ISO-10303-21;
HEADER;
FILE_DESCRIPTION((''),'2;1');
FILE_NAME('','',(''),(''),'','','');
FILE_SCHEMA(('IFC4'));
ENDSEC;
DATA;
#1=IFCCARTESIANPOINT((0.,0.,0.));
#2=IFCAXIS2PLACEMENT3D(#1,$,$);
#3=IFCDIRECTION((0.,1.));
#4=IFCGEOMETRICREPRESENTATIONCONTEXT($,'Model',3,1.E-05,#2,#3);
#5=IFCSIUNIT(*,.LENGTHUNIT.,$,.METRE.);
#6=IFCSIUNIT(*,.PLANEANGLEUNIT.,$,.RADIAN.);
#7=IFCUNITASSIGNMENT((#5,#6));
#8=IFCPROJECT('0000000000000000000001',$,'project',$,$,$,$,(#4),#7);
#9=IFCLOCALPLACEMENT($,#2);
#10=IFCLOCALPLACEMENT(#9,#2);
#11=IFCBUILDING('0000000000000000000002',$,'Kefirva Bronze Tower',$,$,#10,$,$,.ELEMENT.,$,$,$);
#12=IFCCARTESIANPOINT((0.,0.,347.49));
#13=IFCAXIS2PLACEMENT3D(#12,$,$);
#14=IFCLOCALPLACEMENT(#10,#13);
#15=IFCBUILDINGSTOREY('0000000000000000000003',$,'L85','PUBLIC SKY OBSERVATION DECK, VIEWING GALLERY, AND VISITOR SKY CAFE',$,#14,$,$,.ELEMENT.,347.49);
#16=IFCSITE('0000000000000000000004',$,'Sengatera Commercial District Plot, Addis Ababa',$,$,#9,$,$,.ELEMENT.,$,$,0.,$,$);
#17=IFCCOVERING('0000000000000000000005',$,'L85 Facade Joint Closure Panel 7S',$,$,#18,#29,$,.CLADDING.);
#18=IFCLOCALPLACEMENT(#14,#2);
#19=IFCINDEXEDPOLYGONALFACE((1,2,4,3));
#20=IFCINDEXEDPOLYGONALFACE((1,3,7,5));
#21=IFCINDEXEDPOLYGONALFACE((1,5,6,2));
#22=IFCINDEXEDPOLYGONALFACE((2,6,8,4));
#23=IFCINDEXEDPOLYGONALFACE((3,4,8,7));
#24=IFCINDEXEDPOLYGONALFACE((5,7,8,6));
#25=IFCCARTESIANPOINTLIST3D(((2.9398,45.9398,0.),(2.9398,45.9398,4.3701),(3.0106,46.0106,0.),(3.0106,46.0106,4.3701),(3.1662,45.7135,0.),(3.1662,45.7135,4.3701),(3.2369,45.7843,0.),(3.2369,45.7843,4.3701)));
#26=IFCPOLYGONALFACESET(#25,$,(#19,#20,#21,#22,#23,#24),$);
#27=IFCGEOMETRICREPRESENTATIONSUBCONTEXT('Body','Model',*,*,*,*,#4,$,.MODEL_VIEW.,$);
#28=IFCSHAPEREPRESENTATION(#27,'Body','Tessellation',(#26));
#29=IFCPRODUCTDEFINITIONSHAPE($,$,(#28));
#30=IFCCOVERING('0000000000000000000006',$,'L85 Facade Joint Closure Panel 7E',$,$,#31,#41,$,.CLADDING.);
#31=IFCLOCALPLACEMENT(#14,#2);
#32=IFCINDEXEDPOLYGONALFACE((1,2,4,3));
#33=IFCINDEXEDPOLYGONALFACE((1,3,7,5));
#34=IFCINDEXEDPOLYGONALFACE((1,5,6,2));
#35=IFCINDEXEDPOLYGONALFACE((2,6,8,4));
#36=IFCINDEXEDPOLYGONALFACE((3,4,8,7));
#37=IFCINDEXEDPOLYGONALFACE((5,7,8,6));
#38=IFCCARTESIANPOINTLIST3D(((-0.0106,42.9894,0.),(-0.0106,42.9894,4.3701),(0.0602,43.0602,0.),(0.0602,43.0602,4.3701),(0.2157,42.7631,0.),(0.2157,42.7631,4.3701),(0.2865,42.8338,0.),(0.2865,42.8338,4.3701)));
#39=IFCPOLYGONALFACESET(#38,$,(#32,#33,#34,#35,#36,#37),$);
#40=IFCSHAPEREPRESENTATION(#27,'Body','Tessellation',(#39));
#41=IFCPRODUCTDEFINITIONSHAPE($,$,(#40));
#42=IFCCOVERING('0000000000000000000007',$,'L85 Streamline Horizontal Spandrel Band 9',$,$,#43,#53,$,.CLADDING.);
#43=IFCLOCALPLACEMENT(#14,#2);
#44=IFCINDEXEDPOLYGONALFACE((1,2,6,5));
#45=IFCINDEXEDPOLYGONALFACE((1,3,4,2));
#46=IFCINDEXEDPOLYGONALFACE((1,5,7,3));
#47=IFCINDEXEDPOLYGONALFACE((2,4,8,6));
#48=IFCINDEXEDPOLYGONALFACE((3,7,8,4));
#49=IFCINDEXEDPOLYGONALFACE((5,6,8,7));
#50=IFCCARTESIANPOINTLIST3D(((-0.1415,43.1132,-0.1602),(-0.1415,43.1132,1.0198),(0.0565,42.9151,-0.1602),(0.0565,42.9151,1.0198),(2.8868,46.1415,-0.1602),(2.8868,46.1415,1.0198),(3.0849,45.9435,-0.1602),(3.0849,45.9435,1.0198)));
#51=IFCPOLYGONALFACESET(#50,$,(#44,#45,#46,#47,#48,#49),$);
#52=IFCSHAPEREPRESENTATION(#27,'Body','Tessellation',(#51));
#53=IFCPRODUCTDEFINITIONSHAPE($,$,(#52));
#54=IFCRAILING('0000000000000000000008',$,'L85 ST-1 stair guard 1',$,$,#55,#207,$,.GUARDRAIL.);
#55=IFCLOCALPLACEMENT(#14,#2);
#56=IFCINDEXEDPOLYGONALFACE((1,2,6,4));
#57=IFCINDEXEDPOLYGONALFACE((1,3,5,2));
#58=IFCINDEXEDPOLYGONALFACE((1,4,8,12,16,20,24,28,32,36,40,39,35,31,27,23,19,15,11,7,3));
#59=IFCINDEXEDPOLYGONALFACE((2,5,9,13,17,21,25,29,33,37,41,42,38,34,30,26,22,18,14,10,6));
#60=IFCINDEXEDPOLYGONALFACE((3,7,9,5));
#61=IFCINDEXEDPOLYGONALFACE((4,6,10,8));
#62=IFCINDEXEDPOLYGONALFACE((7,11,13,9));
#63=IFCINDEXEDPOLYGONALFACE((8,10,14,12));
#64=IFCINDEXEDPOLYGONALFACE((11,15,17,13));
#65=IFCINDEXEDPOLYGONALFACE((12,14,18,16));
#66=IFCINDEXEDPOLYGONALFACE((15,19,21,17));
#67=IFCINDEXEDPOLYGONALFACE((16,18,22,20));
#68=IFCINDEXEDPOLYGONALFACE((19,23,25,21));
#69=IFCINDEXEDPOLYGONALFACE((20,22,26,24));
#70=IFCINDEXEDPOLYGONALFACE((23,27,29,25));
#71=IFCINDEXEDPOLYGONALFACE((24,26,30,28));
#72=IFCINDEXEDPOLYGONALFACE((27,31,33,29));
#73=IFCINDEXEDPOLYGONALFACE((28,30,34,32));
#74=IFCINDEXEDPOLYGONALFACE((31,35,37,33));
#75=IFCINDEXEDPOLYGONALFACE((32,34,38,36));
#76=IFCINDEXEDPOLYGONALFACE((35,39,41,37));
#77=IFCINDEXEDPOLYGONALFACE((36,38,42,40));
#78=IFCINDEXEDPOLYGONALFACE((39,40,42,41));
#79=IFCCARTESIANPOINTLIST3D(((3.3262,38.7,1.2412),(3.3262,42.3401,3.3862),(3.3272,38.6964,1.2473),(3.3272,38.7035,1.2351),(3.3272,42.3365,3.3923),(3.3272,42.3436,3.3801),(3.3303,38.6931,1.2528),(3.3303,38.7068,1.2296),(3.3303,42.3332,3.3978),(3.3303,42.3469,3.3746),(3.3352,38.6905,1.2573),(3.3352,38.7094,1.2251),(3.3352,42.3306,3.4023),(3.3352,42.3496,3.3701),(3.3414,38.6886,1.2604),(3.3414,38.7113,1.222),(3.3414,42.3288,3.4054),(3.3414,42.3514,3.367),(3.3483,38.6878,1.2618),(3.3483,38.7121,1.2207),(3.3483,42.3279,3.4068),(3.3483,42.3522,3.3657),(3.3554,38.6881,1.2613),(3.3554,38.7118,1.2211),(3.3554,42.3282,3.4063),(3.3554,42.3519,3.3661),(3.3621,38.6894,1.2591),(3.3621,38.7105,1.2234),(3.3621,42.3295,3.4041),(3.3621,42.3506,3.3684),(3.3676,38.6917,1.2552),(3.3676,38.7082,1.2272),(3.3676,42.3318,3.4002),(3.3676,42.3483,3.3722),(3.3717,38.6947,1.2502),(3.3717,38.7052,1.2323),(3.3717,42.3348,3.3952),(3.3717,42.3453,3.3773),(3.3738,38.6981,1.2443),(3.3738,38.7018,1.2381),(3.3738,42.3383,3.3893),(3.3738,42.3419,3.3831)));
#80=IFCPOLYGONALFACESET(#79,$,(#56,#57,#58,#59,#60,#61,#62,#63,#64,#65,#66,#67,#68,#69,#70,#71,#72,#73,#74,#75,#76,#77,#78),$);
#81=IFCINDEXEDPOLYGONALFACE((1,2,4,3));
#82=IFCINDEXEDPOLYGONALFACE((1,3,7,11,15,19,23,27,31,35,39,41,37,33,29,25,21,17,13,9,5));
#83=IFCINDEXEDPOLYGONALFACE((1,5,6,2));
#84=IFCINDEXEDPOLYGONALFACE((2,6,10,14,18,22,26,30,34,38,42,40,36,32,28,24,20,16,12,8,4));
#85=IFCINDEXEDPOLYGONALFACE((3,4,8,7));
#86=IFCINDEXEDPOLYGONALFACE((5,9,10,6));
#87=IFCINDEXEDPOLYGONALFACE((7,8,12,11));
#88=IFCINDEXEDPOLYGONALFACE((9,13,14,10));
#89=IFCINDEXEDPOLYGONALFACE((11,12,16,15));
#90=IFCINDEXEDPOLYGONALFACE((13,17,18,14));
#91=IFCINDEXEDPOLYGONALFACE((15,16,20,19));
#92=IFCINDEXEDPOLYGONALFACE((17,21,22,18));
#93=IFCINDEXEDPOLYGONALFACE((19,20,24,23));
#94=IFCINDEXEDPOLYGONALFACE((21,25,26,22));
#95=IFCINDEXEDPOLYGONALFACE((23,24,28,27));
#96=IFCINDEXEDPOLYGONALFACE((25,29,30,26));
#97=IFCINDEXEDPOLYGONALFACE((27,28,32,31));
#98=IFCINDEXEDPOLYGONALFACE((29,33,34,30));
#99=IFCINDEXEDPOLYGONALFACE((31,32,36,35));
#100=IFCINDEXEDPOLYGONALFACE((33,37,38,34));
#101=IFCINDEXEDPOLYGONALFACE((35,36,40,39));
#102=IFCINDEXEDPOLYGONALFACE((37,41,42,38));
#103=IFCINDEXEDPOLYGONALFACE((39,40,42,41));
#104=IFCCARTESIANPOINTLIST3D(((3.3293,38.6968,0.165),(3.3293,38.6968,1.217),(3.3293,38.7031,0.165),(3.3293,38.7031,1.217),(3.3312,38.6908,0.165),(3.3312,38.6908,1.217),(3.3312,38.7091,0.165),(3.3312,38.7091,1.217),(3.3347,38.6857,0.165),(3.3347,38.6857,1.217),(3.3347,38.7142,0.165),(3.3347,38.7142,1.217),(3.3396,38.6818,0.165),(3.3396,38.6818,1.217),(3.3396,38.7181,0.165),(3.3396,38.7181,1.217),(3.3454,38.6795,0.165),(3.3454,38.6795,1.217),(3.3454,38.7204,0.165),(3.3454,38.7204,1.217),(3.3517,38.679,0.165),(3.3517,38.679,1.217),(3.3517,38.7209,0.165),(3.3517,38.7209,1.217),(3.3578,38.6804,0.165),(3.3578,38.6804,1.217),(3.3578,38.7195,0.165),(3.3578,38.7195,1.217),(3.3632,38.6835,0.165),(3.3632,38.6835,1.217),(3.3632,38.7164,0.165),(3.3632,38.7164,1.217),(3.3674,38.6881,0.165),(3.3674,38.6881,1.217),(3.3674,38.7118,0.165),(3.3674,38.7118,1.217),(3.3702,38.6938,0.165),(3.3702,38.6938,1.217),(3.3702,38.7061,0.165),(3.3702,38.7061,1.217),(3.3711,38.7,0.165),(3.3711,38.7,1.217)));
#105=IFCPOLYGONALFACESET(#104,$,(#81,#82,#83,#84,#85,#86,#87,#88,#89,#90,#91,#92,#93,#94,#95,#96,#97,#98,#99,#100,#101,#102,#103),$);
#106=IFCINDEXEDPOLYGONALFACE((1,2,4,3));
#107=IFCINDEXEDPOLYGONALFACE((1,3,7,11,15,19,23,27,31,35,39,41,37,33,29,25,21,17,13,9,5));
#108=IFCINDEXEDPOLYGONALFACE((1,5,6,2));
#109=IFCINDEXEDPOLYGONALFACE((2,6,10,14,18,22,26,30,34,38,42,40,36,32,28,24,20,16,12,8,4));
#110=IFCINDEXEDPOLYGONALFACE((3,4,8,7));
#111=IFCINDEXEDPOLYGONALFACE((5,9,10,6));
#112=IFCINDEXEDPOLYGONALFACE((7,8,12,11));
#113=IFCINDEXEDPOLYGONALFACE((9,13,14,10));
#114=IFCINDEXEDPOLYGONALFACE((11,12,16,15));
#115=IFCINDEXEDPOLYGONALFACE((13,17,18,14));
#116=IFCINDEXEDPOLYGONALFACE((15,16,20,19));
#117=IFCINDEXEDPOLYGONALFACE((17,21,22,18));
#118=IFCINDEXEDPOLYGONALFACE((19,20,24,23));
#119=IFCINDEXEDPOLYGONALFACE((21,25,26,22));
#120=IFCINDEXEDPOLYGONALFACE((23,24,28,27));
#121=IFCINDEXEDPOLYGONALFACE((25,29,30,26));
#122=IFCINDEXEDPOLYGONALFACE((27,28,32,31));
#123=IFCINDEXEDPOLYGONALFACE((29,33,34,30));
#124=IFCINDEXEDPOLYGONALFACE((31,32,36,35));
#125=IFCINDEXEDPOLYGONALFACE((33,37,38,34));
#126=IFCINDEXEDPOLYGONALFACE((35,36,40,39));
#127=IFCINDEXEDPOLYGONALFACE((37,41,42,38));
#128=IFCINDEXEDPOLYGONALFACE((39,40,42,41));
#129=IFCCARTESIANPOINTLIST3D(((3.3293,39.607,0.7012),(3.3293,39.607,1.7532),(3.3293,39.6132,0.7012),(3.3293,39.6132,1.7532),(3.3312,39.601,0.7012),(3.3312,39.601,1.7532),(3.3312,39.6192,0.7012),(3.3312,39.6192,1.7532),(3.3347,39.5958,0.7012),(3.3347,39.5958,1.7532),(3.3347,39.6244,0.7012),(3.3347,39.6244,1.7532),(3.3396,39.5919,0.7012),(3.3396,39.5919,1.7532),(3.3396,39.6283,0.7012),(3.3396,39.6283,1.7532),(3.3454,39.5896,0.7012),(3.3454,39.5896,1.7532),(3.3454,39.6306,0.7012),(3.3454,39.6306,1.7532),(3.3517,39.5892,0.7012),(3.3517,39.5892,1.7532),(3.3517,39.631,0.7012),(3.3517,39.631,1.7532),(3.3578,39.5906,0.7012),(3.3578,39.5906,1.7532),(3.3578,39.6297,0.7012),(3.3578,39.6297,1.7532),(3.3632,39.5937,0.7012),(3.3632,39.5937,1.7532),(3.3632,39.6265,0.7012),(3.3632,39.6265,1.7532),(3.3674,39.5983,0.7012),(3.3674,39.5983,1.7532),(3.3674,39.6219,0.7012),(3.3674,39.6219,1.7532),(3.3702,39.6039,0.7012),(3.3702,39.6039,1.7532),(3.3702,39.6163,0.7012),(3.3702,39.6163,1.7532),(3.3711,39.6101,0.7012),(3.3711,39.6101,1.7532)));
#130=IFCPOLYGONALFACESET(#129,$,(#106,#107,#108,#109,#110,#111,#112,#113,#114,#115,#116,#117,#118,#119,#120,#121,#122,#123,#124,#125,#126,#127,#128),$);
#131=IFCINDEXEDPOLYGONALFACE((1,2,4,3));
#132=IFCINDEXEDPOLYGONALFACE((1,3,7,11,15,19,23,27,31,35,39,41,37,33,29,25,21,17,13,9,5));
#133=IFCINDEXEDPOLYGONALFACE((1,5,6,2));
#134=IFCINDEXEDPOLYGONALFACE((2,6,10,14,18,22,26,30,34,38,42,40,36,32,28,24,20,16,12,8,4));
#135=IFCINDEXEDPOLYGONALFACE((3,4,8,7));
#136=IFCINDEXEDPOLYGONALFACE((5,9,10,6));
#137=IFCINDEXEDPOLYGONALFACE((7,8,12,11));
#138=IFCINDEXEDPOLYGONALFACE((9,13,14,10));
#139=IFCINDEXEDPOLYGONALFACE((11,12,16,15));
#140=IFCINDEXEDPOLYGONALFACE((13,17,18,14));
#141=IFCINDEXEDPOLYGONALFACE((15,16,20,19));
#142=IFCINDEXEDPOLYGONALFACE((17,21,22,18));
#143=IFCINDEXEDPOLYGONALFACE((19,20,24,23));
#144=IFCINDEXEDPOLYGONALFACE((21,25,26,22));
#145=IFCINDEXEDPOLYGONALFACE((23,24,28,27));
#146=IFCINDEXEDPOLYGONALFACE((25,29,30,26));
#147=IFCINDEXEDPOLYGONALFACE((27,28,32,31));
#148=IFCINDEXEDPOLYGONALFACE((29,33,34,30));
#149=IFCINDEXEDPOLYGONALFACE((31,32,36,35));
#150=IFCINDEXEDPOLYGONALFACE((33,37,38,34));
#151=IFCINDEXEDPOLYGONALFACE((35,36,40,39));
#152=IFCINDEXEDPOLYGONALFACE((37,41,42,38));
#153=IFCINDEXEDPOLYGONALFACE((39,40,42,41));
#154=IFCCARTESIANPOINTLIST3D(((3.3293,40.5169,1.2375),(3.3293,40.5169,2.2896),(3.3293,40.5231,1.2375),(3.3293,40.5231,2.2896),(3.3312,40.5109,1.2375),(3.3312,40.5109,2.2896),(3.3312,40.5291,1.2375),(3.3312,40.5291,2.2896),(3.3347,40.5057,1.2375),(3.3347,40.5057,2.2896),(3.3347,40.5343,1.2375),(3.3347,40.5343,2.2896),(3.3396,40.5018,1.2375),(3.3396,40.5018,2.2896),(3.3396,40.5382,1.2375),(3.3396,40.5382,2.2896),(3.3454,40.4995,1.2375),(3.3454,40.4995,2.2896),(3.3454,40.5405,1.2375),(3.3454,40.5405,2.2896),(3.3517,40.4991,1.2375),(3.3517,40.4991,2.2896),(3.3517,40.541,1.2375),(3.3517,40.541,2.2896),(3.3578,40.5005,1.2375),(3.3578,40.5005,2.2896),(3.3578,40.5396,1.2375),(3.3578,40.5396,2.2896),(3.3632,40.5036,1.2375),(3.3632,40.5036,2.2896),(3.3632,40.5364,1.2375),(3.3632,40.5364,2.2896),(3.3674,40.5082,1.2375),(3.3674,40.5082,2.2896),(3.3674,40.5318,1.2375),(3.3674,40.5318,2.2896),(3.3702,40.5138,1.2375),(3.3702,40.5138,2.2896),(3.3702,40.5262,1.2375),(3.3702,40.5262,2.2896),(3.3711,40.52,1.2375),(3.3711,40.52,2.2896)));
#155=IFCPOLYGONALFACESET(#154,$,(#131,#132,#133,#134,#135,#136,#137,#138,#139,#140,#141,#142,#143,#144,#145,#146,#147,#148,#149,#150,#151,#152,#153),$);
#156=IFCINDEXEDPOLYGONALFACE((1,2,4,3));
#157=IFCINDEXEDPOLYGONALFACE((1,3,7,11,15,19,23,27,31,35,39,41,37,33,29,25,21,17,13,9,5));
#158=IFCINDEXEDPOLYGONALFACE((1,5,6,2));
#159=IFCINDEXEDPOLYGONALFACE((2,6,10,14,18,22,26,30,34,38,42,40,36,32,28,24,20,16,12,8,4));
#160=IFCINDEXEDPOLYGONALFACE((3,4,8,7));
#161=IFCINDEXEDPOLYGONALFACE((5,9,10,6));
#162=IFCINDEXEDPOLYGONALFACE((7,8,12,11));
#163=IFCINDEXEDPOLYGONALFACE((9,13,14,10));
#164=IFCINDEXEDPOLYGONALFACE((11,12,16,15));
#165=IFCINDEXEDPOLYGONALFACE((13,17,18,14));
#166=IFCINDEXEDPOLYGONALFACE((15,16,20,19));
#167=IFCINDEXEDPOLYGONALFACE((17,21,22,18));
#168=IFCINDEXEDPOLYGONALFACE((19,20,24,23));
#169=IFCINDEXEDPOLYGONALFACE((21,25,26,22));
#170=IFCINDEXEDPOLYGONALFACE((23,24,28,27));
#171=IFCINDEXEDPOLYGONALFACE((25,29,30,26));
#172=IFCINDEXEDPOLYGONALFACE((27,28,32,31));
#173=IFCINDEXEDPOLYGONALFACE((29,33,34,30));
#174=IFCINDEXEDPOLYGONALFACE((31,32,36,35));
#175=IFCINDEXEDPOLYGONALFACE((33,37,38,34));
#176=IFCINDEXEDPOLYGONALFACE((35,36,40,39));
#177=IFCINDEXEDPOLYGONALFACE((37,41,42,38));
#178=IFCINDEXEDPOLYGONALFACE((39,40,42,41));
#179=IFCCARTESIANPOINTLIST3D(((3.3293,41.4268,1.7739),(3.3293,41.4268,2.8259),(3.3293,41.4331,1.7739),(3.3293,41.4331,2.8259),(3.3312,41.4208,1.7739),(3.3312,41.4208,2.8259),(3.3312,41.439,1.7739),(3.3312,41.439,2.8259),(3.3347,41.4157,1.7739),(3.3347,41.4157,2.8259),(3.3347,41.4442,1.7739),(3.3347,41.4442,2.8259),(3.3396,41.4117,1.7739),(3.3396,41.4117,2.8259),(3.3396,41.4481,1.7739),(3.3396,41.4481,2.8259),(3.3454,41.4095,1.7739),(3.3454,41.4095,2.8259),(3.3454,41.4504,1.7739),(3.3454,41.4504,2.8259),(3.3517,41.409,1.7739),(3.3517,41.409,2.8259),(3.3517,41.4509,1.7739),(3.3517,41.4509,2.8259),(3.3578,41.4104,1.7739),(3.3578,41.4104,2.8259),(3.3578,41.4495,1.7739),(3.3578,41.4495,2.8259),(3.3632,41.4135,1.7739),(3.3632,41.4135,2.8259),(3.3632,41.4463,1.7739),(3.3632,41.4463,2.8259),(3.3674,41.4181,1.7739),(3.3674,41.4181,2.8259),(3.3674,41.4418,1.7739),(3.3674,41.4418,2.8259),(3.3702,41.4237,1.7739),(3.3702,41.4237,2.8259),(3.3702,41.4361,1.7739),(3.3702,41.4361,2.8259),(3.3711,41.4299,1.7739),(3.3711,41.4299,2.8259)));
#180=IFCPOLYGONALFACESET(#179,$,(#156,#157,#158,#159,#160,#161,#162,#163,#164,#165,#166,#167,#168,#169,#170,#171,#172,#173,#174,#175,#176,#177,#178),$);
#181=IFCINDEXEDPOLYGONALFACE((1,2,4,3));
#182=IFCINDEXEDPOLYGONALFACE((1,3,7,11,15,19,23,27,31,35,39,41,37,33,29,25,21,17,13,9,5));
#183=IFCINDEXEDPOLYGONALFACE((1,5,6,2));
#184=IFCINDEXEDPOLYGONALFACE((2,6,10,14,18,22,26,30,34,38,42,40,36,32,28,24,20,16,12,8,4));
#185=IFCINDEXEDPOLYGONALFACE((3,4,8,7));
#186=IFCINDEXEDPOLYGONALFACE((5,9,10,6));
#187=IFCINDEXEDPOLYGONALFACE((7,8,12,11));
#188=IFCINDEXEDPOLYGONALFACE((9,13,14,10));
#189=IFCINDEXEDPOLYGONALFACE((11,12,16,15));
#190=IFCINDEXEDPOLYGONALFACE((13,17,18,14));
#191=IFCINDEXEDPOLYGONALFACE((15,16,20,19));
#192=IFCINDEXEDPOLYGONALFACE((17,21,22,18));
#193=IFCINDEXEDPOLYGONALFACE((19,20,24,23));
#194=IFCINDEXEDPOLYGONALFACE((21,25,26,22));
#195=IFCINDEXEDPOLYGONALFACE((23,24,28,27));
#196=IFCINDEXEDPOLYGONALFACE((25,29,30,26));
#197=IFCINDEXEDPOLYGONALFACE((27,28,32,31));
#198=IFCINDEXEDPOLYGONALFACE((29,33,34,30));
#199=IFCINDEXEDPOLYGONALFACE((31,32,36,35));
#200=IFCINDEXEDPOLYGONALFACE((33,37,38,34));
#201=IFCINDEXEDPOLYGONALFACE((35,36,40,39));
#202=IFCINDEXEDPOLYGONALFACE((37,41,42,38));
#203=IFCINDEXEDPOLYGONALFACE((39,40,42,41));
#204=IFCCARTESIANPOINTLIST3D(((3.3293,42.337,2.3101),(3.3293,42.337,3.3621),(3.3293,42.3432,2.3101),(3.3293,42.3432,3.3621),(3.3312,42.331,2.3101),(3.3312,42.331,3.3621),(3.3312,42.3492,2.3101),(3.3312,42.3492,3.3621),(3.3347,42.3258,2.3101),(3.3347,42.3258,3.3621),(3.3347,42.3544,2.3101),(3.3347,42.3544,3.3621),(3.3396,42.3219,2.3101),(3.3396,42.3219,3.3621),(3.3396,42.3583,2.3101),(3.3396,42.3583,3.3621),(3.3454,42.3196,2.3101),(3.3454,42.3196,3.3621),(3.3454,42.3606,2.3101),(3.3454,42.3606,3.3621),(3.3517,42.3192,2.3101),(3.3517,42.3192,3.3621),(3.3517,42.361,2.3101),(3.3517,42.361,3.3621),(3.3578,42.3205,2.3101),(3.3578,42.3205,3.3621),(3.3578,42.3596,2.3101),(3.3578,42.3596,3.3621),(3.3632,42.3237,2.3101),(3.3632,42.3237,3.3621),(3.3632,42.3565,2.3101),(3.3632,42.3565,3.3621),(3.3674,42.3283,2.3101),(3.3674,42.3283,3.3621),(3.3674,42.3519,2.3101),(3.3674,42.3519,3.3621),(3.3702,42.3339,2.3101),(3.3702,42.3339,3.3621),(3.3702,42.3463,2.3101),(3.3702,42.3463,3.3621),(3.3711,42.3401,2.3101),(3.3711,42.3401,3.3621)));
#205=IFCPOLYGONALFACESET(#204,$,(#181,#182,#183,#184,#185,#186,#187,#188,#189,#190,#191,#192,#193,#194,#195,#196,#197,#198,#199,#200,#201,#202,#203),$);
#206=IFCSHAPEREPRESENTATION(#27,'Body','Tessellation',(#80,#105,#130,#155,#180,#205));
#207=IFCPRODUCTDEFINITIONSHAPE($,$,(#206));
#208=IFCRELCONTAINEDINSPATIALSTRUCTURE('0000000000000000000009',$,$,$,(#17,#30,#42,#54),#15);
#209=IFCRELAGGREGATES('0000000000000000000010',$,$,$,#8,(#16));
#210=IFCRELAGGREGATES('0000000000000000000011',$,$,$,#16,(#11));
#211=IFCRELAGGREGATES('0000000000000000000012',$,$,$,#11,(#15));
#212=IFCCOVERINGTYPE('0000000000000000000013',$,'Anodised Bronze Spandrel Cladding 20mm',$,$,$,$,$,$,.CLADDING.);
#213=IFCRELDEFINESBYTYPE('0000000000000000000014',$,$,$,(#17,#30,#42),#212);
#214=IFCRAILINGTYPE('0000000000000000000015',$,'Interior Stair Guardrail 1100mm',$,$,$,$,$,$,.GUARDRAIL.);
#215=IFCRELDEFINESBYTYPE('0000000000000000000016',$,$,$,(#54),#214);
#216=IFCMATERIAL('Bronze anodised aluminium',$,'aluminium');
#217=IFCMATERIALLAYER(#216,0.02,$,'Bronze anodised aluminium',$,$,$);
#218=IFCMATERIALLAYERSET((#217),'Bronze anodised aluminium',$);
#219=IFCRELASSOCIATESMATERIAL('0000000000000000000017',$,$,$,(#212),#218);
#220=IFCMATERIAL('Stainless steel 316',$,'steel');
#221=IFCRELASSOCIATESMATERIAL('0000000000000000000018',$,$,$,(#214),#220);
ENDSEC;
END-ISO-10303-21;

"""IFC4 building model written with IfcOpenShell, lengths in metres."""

from ifc_helpers import new_model, si_unit, direction, frame, origin, origin_2d, place, context, subcontext, project, spatial, rectangle, circle, extrude, material, layer, layer_set, type_object, element, save


model = new_model("IFC4")

# Units and contexts
model_context = context("Model", 3, precision=1e-05, world=origin(), true_north=direction((0.0, 1.0)))
body_context = subcontext(model_context, "Body", "Model", "MODEL_VIEW")
ifc_project = project(units=[si_unit("LENGTHUNIT", "METRE"), si_unit("PLANEANGLEUNIT", "RADIAN")], contexts=[model_context])

# Site, building, storey
site_placement = place(None, origin())
site = spatial("IfcSite", under=ifc_project, at=site_placement, Name="Sengatera Commercial District Plot, Addis Ababa", CompositionType="ELEMENT", RefElevation=0.0)
building_placement = place(site_placement, origin())
building = spatial("IfcBuilding", under=site, at=building_placement, Name="Kefirva Bronze Tower", CompositionType="ELEMENT")
storey_placement = place(building_placement, frame((0.0, 0.0, 347.49)))
storey = spatial("IfcBuildingStorey", under=building, at=storey_placement, Name="L85", Description="PUBLIC SKY OBSERVATION DECK, VIEWING GALLERY, AND VISITOR SKY CAFE", CompositionType="ELEMENT", Elevation=347.49)

# Coverings
ifc_material_1 = material(Name="Bronze anodised aluminium", Category="aluminium")
ifc_layer_1 = layer(ifc_material_1, 0.02, Name="Bronze anodised aluminium")
ifc_layer_set_1 = layer_set([ifc_layer_1], Name="Bronze anodised aluminium")
covering_type_1 = type_object("IfcCoveringType", Name="Anodised Bronze Spandrel Cladding 20mm", PredefinedType="CLADDING", material=ifc_layer_set_1)
for number, where, z_axis, x_axis, name in (
    (1, (3.0884, 45.8621, 0.0), (0.0, 0.0, 1.0), (-0.707107, -0.707107, 0.0), "L85 Facade Joint Closure Panel 7S"),
    (2, (0.1379, 42.9116, 0.0), (0.0, 0.0, 1.0), (-0.707107, -0.707107, 0.0), "L85 Facade Joint Closure Panel 7E"),
):
    element("IfcCovering", number, at=place(storey_placement, frame(where, z_axis=z_axis, x_axis=x_axis)), inside=storey, type_object=covering_type_1, Name=name, PredefinedType="CLADDING", context=body_context, shape_type="SweptSolid", body=[
        extrude(rectangle(XDim=0.1001, YDim=0.3201, at=origin_2d()), origin(), (0.0, 0.0, 1.0), 4.3701),
    ])
covering_1_placement = place(storey_placement, frame((1.4717, 44.5283, -0.1602), z_axis=(0.0, 0.0, 1.0), x_axis=(-0.707107, -0.707107, 0.0)))
element("IfcCovering", 3, at=covering_1_placement, inside=storey, type_object=covering_type_1, Name="L85 Streamline Horizontal Spandrel Band 9", PredefinedType="CLADDING", context=body_context, shape_type="SweptSolid", body=[
    extrude(rectangle(XDim=4.2827, YDim=0.28, at=origin_2d()), origin(), (0.0, 0.0, 1.0), 1.1799),
])

# Railing
ifc_material_2 = material(Name="Stainless steel 316", Category="steel")
railing_type_1 = type_object("IfcRailingType", Name="Interior Stair Guardrail 1100mm", PredefinedType="GUARDRAIL", material=ifc_material_2)
railing_1_placement = place(storey_placement, frame((3.3501, 38.7, 0.165)))
element("IfcRailing", 4, at=railing_1_placement, inside=storey, type_object=railing_type_1, Name="L85 ST-1 stair guard 1", PredefinedType="GUARDRAIL", context=body_context, shape_type="SweptSolid", body=[
    extrude(circle(Radius=0.0239, at=origin_2d()), frame((0.0, 0.0, 1.0762), z_axis=(0.0, 0.861545, 0.507682), x_axis=(-1.0, 0.0, 0.0)), (0.0, 0.0, 1.0), 4.2251),
    extrude(circle(Radius=0.021, at=origin_2d()), origin(), (0.0, 0.0, 1.0), 1.052),
    extrude(circle(Radius=0.021, at=origin_2d()), frame((0.0, 0.9102, 0.5361)), (0.0, 0.0, 1.0), 1.052),
    extrude(circle(Radius=0.021, at=origin_2d()), frame((0.0, 1.8201, 1.0725)), (0.0, 0.0, 1.0), 1.052),
    extrude(circle(Radius=0.021, at=origin_2d()), frame((0.0, 2.73, 1.6089)), (0.0, 0.0, 1.0), 1.052),
    extrude(circle(Radius=0.021, at=origin_2d()), frame((0.0, 3.6401, 2.145)), (0.0, 0.0, 1.0), 1.052),
])

save(model, "model.ifc")
